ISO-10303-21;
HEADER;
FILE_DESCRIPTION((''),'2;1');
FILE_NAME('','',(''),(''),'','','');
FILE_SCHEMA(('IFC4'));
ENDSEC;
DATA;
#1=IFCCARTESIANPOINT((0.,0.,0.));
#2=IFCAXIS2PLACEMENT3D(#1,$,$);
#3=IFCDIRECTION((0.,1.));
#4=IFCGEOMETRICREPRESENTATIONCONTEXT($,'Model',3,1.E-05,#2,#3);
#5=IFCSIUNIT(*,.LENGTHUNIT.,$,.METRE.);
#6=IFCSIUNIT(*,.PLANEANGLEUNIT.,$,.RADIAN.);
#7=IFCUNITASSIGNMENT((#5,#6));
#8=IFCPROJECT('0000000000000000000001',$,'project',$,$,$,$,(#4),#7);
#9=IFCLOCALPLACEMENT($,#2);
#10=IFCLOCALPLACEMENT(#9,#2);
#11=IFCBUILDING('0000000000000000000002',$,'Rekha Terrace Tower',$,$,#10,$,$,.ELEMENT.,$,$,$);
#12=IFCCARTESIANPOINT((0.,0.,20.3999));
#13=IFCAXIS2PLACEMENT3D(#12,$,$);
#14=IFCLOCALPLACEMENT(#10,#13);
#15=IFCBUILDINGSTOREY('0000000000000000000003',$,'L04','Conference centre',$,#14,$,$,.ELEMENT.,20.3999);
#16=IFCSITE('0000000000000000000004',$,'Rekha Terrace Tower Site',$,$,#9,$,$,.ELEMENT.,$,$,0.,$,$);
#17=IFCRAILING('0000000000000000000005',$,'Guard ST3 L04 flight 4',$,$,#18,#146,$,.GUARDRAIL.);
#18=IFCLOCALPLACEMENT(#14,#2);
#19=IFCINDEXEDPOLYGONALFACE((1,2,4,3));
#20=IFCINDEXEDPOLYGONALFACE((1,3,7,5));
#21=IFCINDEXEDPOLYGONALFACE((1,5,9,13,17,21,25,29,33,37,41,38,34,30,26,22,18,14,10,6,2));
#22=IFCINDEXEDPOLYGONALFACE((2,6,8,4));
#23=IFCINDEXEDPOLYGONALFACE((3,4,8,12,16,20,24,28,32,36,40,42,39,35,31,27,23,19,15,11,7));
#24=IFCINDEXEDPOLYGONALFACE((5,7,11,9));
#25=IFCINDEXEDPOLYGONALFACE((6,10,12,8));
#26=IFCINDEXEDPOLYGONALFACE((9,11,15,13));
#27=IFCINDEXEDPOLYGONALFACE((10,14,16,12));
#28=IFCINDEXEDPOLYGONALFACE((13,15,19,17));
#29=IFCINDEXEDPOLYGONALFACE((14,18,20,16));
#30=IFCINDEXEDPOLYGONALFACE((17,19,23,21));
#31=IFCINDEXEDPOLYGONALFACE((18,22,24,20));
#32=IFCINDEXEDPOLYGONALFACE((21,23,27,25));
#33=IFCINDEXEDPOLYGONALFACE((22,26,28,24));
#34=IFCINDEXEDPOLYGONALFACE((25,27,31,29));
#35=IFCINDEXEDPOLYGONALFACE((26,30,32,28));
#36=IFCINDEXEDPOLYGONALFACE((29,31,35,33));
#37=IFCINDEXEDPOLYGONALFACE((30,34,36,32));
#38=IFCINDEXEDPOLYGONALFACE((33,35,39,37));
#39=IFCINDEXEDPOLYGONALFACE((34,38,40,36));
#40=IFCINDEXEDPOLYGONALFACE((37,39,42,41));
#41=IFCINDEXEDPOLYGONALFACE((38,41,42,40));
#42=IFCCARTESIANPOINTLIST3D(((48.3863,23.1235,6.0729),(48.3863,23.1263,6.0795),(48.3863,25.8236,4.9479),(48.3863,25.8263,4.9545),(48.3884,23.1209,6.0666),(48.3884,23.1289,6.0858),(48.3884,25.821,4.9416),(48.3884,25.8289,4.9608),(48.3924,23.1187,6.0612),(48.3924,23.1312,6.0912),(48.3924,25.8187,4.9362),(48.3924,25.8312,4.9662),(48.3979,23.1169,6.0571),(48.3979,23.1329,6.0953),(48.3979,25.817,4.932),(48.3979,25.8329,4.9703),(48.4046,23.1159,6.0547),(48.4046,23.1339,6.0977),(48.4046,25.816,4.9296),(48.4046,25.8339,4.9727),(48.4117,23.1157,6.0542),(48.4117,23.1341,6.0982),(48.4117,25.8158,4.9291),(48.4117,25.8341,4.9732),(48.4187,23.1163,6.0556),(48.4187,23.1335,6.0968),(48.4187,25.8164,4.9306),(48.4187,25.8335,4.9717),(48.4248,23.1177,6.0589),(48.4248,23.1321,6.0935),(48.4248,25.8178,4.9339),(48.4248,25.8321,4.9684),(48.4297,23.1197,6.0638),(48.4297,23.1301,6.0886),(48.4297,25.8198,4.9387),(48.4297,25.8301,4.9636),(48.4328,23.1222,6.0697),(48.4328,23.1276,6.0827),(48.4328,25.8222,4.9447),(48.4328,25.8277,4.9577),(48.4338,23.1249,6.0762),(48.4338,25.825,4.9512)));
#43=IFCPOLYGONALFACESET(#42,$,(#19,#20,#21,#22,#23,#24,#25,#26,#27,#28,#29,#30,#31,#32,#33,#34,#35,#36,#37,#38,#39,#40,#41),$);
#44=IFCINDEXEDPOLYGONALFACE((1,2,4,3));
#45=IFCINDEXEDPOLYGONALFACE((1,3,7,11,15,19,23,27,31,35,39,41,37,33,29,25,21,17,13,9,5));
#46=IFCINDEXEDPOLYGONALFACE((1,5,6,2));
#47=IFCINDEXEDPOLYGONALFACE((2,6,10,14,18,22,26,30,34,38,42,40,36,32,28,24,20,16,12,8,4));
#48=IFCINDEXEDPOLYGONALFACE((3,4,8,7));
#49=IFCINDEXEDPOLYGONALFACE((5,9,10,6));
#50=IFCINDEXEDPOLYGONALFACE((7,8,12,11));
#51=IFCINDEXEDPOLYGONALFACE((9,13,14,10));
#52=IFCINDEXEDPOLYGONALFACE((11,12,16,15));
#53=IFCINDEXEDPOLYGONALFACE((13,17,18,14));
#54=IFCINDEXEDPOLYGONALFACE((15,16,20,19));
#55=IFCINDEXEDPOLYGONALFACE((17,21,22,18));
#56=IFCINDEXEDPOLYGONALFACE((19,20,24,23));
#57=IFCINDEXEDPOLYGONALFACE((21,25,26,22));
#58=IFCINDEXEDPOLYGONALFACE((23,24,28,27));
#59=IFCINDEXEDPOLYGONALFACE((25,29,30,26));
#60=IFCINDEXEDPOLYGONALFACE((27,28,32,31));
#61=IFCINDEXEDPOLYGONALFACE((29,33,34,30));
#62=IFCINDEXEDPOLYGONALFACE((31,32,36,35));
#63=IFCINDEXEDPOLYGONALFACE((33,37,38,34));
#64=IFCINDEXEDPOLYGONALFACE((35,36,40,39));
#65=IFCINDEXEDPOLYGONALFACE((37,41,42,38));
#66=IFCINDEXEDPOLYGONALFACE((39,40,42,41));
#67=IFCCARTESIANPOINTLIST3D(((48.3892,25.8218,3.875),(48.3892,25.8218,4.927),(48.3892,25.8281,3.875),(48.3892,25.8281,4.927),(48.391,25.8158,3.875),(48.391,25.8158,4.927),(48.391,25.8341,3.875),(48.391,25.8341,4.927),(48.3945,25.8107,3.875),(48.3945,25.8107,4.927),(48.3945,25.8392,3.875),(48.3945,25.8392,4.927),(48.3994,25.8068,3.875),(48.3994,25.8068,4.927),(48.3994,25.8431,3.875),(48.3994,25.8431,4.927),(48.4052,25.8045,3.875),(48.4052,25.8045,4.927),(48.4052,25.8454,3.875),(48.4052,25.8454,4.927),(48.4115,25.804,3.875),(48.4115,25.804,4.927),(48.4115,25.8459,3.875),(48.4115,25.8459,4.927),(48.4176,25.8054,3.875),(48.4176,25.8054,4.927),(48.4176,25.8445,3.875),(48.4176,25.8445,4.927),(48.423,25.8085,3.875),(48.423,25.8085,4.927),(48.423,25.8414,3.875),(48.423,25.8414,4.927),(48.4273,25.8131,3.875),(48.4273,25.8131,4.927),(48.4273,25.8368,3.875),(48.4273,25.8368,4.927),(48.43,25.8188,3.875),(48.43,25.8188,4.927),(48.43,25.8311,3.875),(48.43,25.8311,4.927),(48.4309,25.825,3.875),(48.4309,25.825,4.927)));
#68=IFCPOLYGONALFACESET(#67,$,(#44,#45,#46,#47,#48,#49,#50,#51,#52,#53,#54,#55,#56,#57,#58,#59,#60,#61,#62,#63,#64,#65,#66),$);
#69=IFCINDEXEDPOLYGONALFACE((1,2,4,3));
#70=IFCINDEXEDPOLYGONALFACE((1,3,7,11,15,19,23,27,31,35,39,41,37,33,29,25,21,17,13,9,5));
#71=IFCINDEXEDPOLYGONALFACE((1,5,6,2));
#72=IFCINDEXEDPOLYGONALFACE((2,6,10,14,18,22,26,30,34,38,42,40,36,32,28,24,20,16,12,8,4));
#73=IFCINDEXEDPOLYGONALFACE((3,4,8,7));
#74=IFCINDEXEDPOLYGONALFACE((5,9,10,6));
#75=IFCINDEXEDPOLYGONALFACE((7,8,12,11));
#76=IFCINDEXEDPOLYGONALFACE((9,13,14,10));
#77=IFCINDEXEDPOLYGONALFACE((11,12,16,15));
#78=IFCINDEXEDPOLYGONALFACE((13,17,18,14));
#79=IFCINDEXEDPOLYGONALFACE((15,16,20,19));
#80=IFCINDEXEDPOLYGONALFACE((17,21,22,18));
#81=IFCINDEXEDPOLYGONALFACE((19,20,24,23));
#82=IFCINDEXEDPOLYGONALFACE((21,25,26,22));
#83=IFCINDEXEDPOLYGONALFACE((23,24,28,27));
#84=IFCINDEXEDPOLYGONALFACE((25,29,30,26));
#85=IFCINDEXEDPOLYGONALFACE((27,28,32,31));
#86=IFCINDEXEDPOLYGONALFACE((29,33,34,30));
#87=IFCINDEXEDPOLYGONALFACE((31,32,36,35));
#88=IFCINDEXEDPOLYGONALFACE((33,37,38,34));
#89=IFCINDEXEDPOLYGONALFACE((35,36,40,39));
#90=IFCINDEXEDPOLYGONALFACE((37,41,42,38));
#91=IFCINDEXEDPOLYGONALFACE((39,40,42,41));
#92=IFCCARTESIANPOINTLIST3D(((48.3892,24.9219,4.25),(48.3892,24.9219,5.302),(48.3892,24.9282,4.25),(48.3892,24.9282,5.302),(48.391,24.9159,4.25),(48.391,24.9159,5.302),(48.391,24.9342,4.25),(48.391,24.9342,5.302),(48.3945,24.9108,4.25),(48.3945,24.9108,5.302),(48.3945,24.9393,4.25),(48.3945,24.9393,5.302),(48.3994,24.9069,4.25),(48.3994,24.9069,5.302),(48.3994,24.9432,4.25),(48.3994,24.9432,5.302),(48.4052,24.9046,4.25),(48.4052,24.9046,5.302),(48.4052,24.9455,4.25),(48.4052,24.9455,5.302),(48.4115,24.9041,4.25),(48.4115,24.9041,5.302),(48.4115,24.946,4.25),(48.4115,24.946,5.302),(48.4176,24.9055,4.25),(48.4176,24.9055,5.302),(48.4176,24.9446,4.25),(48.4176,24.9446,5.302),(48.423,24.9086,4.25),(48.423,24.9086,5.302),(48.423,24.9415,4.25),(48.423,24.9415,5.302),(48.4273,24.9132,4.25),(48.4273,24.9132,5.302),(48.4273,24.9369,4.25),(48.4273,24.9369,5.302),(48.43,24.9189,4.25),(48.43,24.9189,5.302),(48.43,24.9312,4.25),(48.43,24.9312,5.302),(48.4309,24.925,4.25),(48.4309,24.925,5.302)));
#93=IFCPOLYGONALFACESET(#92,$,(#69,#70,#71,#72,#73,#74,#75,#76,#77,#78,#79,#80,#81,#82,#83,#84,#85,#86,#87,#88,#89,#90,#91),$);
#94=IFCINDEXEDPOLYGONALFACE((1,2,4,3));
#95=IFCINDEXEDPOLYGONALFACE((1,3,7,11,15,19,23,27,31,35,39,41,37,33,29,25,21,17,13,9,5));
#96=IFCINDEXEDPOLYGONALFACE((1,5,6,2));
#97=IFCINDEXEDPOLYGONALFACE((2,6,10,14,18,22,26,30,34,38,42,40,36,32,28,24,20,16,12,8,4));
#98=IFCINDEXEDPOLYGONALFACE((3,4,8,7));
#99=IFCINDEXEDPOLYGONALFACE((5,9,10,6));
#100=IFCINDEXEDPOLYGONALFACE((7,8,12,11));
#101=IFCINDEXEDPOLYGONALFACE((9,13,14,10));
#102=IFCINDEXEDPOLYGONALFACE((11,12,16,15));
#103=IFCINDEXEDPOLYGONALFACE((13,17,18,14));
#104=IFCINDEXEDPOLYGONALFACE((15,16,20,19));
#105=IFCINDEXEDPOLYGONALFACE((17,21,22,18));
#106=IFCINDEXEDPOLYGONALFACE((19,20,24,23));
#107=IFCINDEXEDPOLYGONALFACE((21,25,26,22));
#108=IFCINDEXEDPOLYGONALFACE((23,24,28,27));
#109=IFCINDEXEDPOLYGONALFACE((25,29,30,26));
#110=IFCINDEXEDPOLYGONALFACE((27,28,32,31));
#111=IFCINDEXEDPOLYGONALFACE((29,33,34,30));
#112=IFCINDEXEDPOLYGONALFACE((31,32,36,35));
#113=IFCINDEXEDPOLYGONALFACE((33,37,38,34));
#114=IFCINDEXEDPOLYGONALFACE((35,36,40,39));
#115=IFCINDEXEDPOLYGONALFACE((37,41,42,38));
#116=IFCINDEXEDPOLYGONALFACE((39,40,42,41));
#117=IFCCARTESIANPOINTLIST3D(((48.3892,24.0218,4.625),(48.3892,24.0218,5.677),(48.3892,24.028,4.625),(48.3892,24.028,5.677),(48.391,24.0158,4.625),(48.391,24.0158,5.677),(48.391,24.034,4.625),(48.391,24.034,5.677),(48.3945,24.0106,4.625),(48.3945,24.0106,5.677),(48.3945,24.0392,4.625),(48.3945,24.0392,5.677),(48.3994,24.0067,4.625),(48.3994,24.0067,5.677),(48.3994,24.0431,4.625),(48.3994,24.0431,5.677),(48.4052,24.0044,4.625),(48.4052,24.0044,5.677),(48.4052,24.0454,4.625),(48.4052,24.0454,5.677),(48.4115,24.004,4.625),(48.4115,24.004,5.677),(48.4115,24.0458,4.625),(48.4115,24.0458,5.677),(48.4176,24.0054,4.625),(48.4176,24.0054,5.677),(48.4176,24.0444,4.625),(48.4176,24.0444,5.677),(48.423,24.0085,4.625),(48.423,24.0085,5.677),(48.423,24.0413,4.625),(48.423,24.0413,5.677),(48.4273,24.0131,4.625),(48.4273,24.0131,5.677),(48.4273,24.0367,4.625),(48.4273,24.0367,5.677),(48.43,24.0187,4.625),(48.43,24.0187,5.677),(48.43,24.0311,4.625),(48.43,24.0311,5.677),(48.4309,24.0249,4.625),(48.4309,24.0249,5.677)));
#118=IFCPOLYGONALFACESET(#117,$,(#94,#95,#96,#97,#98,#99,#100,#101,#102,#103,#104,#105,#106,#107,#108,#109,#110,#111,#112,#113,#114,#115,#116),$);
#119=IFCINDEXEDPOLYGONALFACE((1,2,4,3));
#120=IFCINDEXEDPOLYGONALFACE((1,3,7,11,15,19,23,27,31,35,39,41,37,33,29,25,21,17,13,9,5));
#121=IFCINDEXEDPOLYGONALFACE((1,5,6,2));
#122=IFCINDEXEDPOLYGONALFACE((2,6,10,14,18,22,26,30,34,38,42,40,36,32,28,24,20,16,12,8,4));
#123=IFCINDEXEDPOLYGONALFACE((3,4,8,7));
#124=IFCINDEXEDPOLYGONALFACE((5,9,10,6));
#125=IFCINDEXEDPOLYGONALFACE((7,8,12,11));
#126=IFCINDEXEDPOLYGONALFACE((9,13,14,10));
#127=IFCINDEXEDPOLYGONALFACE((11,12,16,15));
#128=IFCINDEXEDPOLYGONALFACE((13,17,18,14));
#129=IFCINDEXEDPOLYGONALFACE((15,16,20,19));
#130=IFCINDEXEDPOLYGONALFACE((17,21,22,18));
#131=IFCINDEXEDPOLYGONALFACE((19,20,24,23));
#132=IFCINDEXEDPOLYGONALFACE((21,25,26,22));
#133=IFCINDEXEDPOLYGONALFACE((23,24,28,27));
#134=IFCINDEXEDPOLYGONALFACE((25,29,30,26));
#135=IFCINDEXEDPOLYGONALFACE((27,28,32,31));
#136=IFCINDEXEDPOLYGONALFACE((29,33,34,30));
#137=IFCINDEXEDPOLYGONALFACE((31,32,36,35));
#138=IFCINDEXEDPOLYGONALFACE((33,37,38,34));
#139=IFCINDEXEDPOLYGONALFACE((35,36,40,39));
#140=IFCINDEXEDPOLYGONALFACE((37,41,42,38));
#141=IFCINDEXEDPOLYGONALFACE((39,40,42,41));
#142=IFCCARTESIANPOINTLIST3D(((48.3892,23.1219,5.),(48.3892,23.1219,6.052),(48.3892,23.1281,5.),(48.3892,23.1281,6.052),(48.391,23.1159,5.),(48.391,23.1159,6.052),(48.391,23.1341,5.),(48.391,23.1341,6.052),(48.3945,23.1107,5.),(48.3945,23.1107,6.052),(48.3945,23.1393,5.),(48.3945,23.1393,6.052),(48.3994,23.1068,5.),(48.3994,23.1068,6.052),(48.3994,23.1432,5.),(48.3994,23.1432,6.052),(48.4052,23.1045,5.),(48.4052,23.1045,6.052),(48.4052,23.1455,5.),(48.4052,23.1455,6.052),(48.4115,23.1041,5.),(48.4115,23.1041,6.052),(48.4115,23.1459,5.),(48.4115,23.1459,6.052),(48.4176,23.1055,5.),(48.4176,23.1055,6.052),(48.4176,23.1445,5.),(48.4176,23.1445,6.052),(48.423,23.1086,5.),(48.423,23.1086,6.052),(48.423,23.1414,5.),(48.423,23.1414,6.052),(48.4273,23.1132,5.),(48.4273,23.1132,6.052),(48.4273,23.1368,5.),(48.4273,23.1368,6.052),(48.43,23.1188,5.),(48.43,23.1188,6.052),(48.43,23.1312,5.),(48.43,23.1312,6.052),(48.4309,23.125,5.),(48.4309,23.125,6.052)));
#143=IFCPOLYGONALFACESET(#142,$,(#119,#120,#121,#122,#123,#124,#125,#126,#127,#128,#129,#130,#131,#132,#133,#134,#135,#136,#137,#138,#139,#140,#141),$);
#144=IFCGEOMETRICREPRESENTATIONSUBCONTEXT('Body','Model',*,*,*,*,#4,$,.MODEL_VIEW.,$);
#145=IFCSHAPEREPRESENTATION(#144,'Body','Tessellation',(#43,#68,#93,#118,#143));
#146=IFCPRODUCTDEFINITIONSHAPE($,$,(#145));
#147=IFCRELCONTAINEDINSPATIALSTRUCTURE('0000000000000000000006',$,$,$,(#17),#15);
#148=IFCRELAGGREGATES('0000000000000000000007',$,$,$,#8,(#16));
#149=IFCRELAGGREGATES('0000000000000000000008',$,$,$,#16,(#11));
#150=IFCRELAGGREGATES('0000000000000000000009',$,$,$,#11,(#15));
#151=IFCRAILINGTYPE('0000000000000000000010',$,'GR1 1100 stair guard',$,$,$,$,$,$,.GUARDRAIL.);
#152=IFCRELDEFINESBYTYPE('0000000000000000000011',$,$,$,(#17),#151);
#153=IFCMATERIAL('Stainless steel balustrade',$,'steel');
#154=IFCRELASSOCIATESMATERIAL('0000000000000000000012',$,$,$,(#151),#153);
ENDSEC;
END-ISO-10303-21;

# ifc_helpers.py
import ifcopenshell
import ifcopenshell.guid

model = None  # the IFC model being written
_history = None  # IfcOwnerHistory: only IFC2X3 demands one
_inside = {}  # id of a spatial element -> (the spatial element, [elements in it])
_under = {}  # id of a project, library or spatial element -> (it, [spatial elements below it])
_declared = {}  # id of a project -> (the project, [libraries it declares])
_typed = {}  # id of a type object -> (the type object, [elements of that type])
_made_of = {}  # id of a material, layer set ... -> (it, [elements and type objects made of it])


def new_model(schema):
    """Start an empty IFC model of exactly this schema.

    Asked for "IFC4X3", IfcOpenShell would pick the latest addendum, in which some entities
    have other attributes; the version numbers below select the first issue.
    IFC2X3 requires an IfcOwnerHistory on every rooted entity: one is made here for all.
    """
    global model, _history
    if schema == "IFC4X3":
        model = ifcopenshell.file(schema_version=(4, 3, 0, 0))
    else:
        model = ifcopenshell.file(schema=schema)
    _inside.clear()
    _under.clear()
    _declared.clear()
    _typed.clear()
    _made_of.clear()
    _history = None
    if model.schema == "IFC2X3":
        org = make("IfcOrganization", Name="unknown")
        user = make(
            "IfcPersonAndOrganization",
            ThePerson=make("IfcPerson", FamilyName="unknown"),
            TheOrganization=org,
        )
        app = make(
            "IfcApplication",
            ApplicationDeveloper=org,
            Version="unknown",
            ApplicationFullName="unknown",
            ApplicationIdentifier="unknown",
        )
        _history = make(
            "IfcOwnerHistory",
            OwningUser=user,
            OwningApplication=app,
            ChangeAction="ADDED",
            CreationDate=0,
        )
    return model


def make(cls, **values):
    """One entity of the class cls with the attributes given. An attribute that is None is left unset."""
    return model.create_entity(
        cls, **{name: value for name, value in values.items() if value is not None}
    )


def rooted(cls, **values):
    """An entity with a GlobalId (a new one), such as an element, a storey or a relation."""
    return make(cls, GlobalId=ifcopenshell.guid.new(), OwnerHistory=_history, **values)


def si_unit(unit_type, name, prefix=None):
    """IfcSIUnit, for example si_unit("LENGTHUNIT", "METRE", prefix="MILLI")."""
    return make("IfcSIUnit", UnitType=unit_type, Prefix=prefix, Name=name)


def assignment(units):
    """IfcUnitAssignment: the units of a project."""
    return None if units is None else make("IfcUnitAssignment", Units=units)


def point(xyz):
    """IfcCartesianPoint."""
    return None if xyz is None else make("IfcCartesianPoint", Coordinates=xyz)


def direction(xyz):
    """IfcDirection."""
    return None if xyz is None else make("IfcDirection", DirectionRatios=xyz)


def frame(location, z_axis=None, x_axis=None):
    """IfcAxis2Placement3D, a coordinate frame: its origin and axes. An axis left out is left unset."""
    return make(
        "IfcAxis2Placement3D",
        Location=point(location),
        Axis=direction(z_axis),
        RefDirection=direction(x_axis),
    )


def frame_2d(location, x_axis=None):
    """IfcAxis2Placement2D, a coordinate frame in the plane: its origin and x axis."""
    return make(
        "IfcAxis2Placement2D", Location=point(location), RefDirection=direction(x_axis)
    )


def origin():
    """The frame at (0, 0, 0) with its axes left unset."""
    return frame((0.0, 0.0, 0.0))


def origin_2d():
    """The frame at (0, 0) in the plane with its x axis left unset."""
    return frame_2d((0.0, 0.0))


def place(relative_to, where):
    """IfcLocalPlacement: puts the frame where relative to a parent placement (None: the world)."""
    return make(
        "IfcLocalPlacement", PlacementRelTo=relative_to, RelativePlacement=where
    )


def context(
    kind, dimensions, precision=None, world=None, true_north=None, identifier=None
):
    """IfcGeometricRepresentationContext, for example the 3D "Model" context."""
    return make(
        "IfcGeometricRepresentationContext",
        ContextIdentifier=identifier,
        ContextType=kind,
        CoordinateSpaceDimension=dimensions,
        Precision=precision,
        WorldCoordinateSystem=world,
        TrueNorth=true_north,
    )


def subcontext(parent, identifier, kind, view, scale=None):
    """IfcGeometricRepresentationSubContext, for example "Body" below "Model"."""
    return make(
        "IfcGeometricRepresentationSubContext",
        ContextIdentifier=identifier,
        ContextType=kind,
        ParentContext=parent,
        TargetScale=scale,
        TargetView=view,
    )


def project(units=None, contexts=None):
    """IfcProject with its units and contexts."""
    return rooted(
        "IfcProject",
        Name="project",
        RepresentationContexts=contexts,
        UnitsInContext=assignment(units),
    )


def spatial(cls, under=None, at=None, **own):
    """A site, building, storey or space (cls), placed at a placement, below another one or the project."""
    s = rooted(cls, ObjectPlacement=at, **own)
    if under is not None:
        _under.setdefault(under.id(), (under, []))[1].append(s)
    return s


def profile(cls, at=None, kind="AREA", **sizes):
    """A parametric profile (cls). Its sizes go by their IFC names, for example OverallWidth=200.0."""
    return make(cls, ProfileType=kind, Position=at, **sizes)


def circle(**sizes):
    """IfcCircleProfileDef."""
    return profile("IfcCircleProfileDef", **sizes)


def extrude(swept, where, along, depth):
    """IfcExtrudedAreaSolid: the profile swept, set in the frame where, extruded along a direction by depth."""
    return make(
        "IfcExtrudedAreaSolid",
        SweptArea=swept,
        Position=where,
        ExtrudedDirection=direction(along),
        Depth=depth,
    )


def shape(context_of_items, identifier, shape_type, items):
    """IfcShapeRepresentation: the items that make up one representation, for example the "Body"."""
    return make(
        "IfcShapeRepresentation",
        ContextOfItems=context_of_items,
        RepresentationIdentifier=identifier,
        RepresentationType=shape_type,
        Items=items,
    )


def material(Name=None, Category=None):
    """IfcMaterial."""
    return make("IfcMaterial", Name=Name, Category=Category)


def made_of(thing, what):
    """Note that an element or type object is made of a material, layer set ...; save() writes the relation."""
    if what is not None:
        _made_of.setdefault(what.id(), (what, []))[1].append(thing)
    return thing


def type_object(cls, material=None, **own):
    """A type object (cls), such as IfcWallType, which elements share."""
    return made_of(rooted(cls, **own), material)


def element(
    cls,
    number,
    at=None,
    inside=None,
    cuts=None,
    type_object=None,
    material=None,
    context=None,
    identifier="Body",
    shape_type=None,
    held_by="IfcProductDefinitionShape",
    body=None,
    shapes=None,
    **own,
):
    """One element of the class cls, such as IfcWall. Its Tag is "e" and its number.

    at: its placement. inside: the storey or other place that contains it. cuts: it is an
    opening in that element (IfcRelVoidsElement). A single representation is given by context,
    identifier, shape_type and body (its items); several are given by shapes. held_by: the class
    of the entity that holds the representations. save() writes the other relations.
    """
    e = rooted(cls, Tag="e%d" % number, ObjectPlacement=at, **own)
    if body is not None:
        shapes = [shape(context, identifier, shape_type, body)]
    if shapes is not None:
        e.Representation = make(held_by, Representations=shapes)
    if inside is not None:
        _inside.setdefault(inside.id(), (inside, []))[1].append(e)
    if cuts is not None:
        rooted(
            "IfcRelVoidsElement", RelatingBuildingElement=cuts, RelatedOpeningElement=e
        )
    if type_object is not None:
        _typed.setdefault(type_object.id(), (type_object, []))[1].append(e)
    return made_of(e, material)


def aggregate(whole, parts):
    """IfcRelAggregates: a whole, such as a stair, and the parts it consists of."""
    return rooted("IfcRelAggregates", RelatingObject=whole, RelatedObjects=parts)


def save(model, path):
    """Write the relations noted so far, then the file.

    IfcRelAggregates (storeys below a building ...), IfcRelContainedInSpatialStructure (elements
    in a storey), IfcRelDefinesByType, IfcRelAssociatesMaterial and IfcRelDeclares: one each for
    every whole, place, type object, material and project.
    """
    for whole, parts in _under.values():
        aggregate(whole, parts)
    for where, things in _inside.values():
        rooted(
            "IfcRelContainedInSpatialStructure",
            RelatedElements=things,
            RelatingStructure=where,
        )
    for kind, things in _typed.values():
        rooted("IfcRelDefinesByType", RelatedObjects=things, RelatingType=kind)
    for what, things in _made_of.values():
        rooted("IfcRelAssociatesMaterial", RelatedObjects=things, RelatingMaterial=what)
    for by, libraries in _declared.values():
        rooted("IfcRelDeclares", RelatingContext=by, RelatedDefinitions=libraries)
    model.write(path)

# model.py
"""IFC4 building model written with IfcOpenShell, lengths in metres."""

from ifc_helpers import new_model, si_unit, direction, frame, origin, origin_2d, place, context, subcontext, project, spatial, circle, extrude, material, type_object, element, save


model = new_model("IFC4")

# Units and contexts
model_context = context("Model", 3, precision=1e-05, world=origin(), true_north=direction((0.0, 1.0)))
body_context = subcontext(model_context, "Body", "Model", "MODEL_VIEW")
ifc_project = project(units=[si_unit("LENGTHUNIT", "METRE"), si_unit("PLANEANGLEUNIT", "RADIAN")], contexts=[model_context])

# Site, building, storey
site_placement = place(None, origin())
site = spatial("IfcSite", under=ifc_project, at=site_placement, Name="Rekha Terrace Tower Site", CompositionType="ELEMENT", RefElevation=0.0)
building_placement = place(site_placement, origin())
building = spatial("IfcBuilding", under=site, at=building_placement, Name="Rekha Terrace Tower", CompositionType="ELEMENT")
storey_placement = place(building_placement, frame((0.0, 0.0, 20.3999)))
storey = spatial("IfcBuildingStorey", under=building, at=storey_placement, Name="L04", Description="Conference centre", CompositionType="ELEMENT", Elevation=20.3999)

# Railing
ifc_material_1 = material(Name="Stainless steel balustrade", Category="steel")
railing_type_1 = type_object("IfcRailingType", Name="GR1 1100 stair guard", PredefinedType="GUARDRAIL", material=ifc_material_1)
railing_1_placement = place(storey_placement, frame((48.4099, 25.825, 3.875)))
element("IfcRailing", 1, at=railing_1_placement, inside=storey, type_object=railing_type_1, Name="Guard ST3 L04 flight 4", PredefinedType="GUARDRAIL", context=body_context, shape_type="SweptSolid", body=[
    extrude(circle(Radius=0.0239, at=origin_2d()), frame((0.0, 0.0, 1.0762), z_axis=(0.0, -0.923074, 0.384621), x_axis=(1.0, 0.0, 0.0)), (0.0, 0.0, 1.0), 2.925),
    extrude(circle(Radius=0.021, at=origin_2d()), origin(), (0.0, 0.0, 1.0), 1.052),
    extrude(circle(Radius=0.021, at=origin_2d()), frame((0.0, -0.8999, 0.375)), (0.0, 0.0, 1.0), 1.052),
    extrude(circle(Radius=0.021, at=origin_2d()), frame((0.0, -1.8, 0.75)), (0.0, 0.0, 1.0), 1.052),
    extrude(circle(Radius=0.021, at=origin_2d()), frame((0.0, -2.7, 1.125)), (0.0, 0.0, 1.0), 1.052),
])

save(model, "model.ifc")
